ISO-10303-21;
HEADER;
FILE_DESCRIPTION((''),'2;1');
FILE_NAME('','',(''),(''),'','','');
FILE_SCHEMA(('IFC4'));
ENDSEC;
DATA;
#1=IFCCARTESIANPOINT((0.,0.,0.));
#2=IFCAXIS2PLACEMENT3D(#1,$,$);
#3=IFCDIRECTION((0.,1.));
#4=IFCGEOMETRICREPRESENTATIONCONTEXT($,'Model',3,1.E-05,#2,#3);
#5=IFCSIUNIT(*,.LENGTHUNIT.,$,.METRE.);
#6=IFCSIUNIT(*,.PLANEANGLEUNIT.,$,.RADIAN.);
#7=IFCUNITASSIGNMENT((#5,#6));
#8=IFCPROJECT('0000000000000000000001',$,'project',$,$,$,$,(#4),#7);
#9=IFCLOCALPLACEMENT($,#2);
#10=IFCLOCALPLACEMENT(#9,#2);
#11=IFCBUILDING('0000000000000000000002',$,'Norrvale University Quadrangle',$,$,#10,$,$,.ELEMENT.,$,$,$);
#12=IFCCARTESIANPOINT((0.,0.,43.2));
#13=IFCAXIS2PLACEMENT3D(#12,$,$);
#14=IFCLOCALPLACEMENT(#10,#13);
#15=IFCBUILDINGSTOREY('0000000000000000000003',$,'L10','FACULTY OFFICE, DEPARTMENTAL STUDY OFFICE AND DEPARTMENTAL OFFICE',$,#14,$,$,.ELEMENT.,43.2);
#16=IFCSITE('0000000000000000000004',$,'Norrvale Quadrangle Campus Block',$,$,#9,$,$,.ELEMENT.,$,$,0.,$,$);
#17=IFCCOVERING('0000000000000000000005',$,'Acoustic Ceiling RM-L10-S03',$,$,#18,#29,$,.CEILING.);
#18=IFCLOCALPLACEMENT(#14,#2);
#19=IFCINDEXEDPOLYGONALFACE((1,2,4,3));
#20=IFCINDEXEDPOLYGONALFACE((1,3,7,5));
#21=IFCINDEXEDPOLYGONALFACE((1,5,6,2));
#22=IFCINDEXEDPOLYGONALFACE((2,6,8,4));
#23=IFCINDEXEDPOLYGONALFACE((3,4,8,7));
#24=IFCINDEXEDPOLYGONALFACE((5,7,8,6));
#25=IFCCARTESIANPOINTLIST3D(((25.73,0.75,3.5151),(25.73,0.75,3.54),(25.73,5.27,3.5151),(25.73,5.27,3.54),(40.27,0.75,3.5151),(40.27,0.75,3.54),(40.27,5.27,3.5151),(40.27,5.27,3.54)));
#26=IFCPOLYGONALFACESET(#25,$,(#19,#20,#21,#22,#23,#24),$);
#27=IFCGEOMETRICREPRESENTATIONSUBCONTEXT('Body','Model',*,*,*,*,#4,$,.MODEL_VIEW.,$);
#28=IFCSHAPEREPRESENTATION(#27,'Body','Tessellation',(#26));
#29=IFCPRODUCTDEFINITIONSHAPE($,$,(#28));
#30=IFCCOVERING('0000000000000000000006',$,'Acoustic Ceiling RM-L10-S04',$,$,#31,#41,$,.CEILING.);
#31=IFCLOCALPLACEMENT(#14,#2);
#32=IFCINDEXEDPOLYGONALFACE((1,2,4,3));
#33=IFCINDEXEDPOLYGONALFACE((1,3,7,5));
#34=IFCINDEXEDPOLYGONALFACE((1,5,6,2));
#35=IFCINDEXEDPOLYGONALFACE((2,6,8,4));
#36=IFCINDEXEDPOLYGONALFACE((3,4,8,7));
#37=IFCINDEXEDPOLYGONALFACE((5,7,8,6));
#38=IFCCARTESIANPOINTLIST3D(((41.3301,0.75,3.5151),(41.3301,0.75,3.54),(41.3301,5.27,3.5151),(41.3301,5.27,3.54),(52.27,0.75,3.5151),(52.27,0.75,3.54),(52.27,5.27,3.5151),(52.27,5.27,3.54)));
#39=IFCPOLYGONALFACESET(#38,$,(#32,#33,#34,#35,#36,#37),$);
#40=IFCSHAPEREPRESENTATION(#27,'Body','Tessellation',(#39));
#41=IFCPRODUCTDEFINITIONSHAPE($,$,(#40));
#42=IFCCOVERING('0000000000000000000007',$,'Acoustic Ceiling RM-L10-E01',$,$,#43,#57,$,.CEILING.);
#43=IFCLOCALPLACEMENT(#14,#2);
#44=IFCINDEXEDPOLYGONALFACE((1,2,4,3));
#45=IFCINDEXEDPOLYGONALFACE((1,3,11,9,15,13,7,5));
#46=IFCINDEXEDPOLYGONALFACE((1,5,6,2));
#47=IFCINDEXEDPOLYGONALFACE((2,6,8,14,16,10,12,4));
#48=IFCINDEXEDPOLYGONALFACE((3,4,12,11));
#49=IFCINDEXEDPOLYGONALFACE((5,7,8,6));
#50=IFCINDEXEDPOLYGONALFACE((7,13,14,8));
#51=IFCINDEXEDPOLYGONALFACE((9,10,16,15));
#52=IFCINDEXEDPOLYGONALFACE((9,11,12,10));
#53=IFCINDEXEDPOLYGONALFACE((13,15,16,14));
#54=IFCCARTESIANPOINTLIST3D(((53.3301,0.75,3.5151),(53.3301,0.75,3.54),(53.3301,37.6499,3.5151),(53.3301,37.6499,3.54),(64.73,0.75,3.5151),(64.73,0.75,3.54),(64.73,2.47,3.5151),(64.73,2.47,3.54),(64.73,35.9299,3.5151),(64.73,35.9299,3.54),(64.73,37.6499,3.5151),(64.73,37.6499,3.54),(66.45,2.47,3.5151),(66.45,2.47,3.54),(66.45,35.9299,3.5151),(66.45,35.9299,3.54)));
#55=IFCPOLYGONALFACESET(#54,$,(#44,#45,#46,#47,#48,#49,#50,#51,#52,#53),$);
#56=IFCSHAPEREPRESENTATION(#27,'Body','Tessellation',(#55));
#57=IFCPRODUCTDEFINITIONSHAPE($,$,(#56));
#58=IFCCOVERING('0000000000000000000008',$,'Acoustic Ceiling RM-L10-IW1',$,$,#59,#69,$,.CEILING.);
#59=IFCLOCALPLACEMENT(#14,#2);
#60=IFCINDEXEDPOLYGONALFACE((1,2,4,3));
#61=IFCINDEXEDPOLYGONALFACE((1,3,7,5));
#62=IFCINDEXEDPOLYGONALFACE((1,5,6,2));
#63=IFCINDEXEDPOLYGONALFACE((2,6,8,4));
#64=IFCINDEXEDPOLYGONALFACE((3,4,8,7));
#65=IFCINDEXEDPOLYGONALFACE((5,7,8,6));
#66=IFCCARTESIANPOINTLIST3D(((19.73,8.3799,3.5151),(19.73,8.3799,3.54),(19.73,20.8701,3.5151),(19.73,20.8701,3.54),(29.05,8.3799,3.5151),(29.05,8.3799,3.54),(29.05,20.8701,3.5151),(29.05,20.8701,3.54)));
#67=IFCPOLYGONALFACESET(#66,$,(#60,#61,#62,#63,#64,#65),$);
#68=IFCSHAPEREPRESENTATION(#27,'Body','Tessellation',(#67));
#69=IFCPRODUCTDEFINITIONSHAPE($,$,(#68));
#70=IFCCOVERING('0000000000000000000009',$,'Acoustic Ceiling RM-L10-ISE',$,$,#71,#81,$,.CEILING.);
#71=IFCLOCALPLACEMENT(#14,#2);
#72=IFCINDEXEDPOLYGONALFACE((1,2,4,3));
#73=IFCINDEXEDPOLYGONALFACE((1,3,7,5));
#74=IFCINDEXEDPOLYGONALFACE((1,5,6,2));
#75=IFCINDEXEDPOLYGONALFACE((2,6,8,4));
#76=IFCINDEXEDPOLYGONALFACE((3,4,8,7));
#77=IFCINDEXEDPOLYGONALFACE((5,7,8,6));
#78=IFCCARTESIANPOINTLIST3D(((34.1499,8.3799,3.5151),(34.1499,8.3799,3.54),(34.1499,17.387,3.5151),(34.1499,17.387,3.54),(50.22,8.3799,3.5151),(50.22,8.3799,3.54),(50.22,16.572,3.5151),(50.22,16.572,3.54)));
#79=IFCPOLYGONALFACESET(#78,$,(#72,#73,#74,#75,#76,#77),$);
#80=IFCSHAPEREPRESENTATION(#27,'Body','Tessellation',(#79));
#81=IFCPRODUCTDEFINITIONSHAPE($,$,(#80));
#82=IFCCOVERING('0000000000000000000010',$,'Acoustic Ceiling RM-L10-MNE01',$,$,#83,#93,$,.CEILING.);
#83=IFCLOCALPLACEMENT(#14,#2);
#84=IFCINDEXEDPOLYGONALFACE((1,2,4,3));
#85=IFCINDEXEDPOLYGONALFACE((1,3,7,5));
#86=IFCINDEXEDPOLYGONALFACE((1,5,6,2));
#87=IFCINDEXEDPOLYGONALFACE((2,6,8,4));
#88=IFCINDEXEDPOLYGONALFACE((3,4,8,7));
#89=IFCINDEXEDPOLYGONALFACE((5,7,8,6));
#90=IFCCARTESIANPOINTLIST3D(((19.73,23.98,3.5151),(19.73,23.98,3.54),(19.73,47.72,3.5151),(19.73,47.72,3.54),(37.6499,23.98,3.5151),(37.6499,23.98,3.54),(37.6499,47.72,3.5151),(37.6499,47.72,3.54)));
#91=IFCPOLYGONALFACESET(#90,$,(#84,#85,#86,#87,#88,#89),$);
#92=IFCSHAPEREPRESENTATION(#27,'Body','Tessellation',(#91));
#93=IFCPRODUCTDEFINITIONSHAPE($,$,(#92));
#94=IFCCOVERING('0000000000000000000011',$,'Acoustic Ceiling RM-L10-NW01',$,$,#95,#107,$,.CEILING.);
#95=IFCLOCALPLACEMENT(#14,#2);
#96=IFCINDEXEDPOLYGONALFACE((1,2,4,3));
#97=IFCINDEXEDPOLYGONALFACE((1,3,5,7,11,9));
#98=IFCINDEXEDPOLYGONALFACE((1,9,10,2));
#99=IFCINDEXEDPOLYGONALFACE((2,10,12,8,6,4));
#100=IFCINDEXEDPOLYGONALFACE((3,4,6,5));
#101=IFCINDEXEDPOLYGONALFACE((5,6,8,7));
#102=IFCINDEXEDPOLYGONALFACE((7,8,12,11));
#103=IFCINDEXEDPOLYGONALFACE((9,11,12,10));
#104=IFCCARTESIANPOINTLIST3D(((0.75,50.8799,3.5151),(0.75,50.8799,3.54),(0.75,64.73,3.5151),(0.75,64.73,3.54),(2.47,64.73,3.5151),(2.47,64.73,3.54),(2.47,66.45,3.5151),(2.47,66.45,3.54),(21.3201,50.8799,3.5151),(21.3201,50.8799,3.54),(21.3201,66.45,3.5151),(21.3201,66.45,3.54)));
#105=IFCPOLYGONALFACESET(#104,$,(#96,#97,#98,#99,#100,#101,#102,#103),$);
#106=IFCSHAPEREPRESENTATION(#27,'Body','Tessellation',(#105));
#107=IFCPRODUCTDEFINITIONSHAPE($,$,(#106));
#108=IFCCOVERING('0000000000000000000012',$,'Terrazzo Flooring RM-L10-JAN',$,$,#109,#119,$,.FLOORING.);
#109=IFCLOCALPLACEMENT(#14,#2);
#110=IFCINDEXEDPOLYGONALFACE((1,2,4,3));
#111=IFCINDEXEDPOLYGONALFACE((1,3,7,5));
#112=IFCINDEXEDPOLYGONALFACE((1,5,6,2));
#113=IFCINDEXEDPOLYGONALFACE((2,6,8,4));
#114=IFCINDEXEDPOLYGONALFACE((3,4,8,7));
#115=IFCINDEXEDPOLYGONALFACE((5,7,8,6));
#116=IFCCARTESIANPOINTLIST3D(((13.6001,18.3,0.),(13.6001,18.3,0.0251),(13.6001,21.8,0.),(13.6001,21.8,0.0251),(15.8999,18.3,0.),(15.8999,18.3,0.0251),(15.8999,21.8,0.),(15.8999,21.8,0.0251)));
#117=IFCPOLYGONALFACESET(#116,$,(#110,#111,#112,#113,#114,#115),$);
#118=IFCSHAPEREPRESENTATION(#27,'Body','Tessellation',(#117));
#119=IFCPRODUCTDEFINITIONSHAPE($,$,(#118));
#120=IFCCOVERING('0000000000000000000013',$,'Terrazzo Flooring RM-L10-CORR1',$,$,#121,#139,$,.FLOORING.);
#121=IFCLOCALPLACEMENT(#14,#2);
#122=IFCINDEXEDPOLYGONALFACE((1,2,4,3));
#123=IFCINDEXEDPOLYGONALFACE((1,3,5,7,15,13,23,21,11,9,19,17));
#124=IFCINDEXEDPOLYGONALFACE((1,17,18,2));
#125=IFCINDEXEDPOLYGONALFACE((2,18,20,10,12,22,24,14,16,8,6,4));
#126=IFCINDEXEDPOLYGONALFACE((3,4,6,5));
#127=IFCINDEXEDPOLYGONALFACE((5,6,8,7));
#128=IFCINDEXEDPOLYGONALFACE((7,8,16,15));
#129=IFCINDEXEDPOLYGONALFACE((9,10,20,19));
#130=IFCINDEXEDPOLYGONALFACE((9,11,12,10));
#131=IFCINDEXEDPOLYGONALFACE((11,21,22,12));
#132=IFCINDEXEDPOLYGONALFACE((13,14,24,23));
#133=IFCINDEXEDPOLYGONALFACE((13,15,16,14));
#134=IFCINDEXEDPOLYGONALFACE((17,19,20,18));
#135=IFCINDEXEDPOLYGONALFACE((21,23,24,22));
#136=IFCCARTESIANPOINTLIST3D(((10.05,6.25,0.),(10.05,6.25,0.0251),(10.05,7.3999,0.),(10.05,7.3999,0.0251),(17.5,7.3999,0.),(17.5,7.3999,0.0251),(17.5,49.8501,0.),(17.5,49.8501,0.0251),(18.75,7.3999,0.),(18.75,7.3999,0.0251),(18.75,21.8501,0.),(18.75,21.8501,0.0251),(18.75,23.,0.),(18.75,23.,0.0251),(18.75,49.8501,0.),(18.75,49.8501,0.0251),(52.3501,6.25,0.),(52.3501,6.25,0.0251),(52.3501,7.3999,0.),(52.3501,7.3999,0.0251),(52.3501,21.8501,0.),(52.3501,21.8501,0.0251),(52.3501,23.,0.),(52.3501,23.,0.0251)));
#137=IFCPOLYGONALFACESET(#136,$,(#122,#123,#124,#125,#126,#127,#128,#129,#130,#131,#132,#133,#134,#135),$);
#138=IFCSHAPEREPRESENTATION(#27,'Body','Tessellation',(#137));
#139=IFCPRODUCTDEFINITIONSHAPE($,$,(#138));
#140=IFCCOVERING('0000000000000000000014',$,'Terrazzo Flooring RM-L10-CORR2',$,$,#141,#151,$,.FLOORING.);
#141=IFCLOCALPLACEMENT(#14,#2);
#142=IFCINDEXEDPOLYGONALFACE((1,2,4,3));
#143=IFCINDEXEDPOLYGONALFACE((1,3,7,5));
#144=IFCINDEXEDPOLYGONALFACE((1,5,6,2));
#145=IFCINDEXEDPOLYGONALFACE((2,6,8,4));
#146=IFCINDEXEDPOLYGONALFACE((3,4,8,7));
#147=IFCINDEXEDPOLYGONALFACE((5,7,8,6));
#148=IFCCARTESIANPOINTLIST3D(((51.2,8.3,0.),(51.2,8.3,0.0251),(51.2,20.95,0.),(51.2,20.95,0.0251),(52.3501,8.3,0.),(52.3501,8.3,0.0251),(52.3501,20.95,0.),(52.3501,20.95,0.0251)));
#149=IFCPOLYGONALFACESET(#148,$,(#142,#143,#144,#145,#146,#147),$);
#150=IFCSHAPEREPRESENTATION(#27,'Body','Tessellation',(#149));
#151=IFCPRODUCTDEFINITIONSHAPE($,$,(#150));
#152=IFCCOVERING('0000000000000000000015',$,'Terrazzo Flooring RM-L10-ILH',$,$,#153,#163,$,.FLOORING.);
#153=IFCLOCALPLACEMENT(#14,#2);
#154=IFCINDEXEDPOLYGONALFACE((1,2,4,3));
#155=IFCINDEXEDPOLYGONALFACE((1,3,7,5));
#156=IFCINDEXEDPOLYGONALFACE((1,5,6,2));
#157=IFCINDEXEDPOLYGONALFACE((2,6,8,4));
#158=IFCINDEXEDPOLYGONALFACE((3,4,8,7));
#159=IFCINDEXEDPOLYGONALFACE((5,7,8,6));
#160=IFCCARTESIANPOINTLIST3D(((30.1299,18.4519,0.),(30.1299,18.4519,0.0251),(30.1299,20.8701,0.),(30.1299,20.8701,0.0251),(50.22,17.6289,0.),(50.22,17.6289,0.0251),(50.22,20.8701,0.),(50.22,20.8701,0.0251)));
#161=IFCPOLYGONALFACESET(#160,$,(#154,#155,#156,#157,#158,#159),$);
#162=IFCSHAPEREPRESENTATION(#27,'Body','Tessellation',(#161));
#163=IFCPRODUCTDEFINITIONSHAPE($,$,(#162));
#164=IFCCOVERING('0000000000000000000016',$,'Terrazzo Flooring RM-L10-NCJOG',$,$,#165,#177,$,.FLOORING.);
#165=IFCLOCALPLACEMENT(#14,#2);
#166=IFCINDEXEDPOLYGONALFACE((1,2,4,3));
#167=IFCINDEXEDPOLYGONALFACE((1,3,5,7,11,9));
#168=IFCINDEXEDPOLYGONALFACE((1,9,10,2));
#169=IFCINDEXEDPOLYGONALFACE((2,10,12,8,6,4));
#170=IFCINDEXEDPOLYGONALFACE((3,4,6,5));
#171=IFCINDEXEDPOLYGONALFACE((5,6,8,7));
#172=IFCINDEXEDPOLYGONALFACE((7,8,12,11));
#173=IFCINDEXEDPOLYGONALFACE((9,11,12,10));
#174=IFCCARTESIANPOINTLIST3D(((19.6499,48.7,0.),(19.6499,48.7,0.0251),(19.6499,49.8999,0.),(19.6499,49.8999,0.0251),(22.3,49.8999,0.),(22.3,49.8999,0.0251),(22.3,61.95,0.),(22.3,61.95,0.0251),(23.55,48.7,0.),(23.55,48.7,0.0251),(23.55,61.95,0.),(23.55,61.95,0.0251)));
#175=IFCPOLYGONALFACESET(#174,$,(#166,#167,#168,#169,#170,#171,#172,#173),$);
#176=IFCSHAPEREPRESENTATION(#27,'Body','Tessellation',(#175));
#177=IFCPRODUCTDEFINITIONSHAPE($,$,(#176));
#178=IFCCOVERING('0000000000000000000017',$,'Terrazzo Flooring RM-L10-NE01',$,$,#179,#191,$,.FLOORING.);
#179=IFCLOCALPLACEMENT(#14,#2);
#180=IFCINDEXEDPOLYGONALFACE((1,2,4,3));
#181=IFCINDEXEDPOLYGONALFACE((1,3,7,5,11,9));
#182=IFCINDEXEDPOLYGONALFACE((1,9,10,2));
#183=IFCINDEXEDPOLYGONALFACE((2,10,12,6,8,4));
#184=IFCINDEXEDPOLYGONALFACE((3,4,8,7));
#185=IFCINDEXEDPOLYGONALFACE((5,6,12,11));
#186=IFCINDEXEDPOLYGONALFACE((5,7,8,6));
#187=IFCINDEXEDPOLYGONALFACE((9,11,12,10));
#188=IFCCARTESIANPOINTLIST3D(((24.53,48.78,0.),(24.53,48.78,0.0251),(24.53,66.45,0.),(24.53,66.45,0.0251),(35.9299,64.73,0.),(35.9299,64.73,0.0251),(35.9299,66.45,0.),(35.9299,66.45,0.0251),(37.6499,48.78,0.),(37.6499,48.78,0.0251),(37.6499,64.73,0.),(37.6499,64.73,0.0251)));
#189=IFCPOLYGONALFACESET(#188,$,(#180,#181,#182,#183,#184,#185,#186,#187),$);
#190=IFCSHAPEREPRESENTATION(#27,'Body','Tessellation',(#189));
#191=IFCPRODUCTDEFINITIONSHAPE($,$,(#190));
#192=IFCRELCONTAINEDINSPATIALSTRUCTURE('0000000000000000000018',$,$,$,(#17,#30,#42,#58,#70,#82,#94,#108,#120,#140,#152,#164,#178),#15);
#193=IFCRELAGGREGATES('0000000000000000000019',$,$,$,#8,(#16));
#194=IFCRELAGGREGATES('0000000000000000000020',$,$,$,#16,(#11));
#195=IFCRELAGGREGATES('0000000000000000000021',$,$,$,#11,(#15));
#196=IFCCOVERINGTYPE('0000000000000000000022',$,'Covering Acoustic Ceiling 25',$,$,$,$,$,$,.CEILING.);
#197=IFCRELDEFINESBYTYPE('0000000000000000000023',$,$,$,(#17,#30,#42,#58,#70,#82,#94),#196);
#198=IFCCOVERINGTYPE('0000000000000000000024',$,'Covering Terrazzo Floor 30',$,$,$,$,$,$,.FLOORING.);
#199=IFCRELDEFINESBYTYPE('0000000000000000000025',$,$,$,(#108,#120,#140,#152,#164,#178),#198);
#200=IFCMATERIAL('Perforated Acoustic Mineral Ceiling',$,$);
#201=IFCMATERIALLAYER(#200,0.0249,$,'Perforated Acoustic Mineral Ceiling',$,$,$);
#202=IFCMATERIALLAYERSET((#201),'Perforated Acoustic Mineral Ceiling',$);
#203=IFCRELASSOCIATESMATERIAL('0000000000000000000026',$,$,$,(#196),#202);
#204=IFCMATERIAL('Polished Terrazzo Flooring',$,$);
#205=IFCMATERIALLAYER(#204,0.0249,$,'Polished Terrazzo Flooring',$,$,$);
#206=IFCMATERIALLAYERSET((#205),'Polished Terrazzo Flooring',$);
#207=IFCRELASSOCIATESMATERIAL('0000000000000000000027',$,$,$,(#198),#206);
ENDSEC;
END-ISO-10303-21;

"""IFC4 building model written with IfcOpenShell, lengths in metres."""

from ifc_helpers import new_model, si_unit, direction, frame, origin, place, context, subcontext, project, spatial, polyline, outline, extrude, material, layer, layer_set, type_object, element, save


model = new_model("IFC4")

# Units and contexts
model_context = context("Model", 3, precision=1e-05, world=origin(), true_north=direction((0.0, 1.0)))
body_context = subcontext(model_context, "Body", "Model", "MODEL_VIEW")
ifc_project = project(units=[si_unit("LENGTHUNIT", "METRE"), si_unit("PLANEANGLEUNIT", "RADIAN")], contexts=[model_context])

# Site, building, storey
site_placement = place(None, origin())
site = spatial("IfcSite", under=ifc_project, at=site_placement, Name="Norrvale Quadrangle Campus Block", CompositionType="ELEMENT", RefElevation=0.0)
building_placement = place(site_placement, origin())
building = spatial("IfcBuilding", under=site, at=building_placement, Name="Norrvale University Quadrangle", CompositionType="ELEMENT")
storey_placement = place(building_placement, frame((0.0, 0.0, 43.2)))
storey = spatial("IfcBuildingStorey", under=building, at=storey_placement, Name="L10", Description="FACULTY OFFICE, DEPARTMENTAL STUDY OFFICE AND DEPARTMENTAL OFFICE", CompositionType="ELEMENT", Elevation=43.2)

# Coverings
ifc_material_1 = material(Name="Perforated Acoustic Mineral Ceiling")
ifc_layer_1 = layer(ifc_material_1, 0.0249, Name="Perforated Acoustic Mineral Ceiling")
ifc_layer_set_1 = layer_set([ifc_layer_1], Name="Perforated Acoustic Mineral Ceiling")
covering_type_1 = type_object("IfcCoveringType", Name="Covering Acoustic Ceiling 25", PredefinedType="CEILING", material=ifc_layer_set_1)
covering_1_placement = place(storey_placement, frame((0.0, 0.0, 3.5151)))
element("IfcCovering", 1, at=covering_1_placement, inside=storey, type_object=covering_type_1, Name="Acoustic Ceiling RM-L10-S03", PredefinedType="CEILING", context=body_context, shape_type="SweptSolid", body=[
    extrude(outline(polyline([(25.73, 5.27), (40.27, 5.27), (40.27, 0.75), (25.73, 0.75), (25.73, 5.27)])), origin(), (0.0, 0.0, 1.0), 0.0249),
])
covering_2_placement = place(storey_placement, frame((0.0, 0.0, 3.5151)))
element("IfcCovering", 2, at=covering_2_placement, inside=storey, type_object=covering_type_1, Name="Acoustic Ceiling RM-L10-S04", PredefinedType="CEILING", context=body_context, shape_type="SweptSolid", body=[
    extrude(outline(polyline([(41.3301, 5.27), (52.27, 5.27), (52.27, 0.75), (41.3301, 0.75), (41.3301, 5.27)])), origin(), (0.0, 0.0, 1.0), 0.0249),
])
covering_3_placement = place(storey_placement, frame((0.0, 0.0, 3.5151)))
element("IfcCovering", 3, at=covering_3_placement, inside=storey, type_object=covering_type_1, Name="Acoustic Ceiling RM-L10-E01", PredefinedType="CEILING", context=body_context, shape_type="SweptSolid", body=[
    extrude(outline(polyline([(53.3301, 0.75), (53.3301, 37.6499), (64.73, 37.6499), (64.73, 35.9299), (66.45, 35.9299), (66.45, 2.47), (64.73, 2.47), (64.73, 0.75), (53.3301, 0.75)])), origin(), (0.0, 0.0, 1.0), 0.0249),
])
covering_4_placement = place(storey_placement, frame((0.0, 0.0, 3.5151)))
element("IfcCovering", 4, at=covering_4_placement, inside=storey, type_object=covering_type_1, Name="Acoustic Ceiling RM-L10-IW1", PredefinedType="CEILING", context=body_context, shape_type="SweptSolid", body=[
    extrude(outline(polyline([(19.73, 8.3799), (19.73, 20.8701), (29.05, 20.8701), (29.05, 8.3799), (19.73, 8.3799)])), origin(), (0.0, 0.0, 1.0), 0.0249),
])
covering_5_placement = place(storey_placement, frame((0.0, 0.0, 3.5151)))
element("IfcCovering", 5, at=covering_5_placement, inside=storey, type_object=covering_type_1, Name="Acoustic Ceiling RM-L10-ISE", PredefinedType="CEILING", context=body_context, shape_type="SweptSolid", body=[
    extrude(outline(polyline([(34.1499, 8.3799), (34.1499, 17.387), (50.22, 16.572), (50.22, 8.3799), (34.1499, 8.3799)])), origin(), (0.0, 0.0, 1.0), 0.0249),
])
covering_6_placement = place(storey_placement, frame((0.0, 0.0, 3.5151)))
element("IfcCovering", 6, at=covering_6_placement, inside=storey, type_object=covering_type_1, Name="Acoustic Ceiling RM-L10-MNE01", PredefinedType="CEILING", context=body_context, shape_type="SweptSolid", body=[
    extrude(outline(polyline([(19.73, 47.72), (37.6499, 47.72), (37.6499, 23.98), (19.73, 23.98), (19.73, 47.72)])), origin(), (0.0, 0.0, 1.0), 0.0249),
])
covering_7_placement = place(storey_placement, frame((0.0, 0.0, 3.5151)))
element("IfcCovering", 7, at=covering_7_placement, inside=storey, type_object=covering_type_1, Name="Acoustic Ceiling RM-L10-NW01", PredefinedType="CEILING", context=body_context, shape_type="SweptSolid", body=[
    extrude(outline(polyline([(21.3201, 66.45), (21.3201, 50.8799), (0.75, 50.8799), (0.75, 64.73), (2.47, 64.73), (2.47, 66.45), (21.3201, 66.45)])), origin(), (0.0, 0.0, 1.0), 0.0249),
])
ifc_material_2 = material(Name="Polished Terrazzo Flooring")
ifc_layer_2 = layer(ifc_material_2, 0.0249, Name="Polished Terrazzo Flooring")
ifc_layer_set_2 = layer_set([ifc_layer_2], Name="Polished Terrazzo Flooring")
covering_type_2 = type_object("IfcCoveringType", Name="Covering Terrazzo Floor 30", PredefinedType="FLOORING", material=ifc_layer_set_2)
covering_8_placement = place(storey_placement, origin())
element("IfcCovering", 8, at=covering_8_placement, inside=storey, type_object=covering_type_2, Name="Terrazzo Flooring RM-L10-JAN", PredefinedType="FLOORING", context=body_context, shape_type="SweptSolid", body=[
    extrude(outline(polyline([(13.6001, 18.3), (13.6001, 21.8), (15.8999, 21.8), (15.8999, 18.3), (13.6001, 18.3)])), origin(), (0.0, 0.0, 1.0), 0.0251),
])
covering_9_placement = place(storey_placement, origin())
element("IfcCovering", 9, at=covering_9_placement, inside=storey, type_object=covering_type_2, Name="Terrazzo Flooring RM-L10-CORR1", PredefinedType="FLOORING", context=body_context, shape_type="SweptSolid", body=[
    extrude(outline(polyline([(10.05, 6.25), (10.05, 7.3999), (17.5, 7.3999), (17.5, 49.8501), (18.75, 49.8501), (18.75, 23.0), (52.3501, 23.0), (52.3501, 21.8501), (18.75, 21.8501), (18.75, 7.3999), (52.3501, 7.3999), (52.3501, 6.25), (10.05, 6.25)])), origin(), (0.0, 0.0, 1.0), 0.0251),
])
covering_10_placement = place(storey_placement, origin())
element("IfcCovering", 10, at=covering_10_placement, inside=storey, type_object=covering_type_2, Name="Terrazzo Flooring RM-L10-CORR2", PredefinedType="FLOORING", context=body_context, shape_type="SweptSolid", body=[
    extrude(outline(polyline([(51.2, 8.3), (51.2, 20.95), (52.3501, 20.95), (52.3501, 8.3), (51.2, 8.3)])), origin(), (0.0, 0.0, 1.0), 0.0251),
])
covering_11_placement = place(storey_placement, origin())
element("IfcCovering", 11, at=covering_11_placement, inside=storey, type_object=covering_type_2, Name="Terrazzo Flooring RM-L10-ILH", PredefinedType="FLOORING", context=body_context, shape_type="SweptSolid", body=[
    extrude(outline(polyline([(30.1299, 18.4519), (30.1299, 20.8701), (50.22, 20.8701), (50.22, 17.6289), (30.1299, 18.4519)])), origin(), (0.0, 0.0, 1.0), 0.0251),
])
covering_12_placement = place(storey_placement, origin())
element("IfcCovering", 12, at=covering_12_placement, inside=storey, type_object=covering_type_2, Name="Terrazzo Flooring RM-L10-NCJOG", PredefinedType="FLOORING", context=body_context, shape_type="SweptSolid", body=[
    extrude(outline(polyline([(19.6499, 48.7), (19.6499, 49.8999), (22.3, 49.8999), (22.3, 61.95), (23.55, 61.95), (23.55, 48.7), (19.6499, 48.7)])), origin(), (0.0, 0.0, 1.0), 0.0251),
])
covering_13_placement = place(storey_placement, origin())
element("IfcCovering", 13, at=covering_13_placement, inside=storey, type_object=covering_type_2, Name="Terrazzo Flooring RM-L10-NE01", PredefinedType="FLOORING", context=body_context, shape_type="SweptSolid", body=[
    extrude(outline(polyline([(37.6499, 48.78), (24.53, 48.78), (24.53, 66.45), (35.9299, 66.45), (35.9299, 64.73), (37.6499, 64.73), (37.6499, 48.78)])), origin(), (0.0, 0.0, 1.0), 0.0251),
])

save(model, "model.ifc")
